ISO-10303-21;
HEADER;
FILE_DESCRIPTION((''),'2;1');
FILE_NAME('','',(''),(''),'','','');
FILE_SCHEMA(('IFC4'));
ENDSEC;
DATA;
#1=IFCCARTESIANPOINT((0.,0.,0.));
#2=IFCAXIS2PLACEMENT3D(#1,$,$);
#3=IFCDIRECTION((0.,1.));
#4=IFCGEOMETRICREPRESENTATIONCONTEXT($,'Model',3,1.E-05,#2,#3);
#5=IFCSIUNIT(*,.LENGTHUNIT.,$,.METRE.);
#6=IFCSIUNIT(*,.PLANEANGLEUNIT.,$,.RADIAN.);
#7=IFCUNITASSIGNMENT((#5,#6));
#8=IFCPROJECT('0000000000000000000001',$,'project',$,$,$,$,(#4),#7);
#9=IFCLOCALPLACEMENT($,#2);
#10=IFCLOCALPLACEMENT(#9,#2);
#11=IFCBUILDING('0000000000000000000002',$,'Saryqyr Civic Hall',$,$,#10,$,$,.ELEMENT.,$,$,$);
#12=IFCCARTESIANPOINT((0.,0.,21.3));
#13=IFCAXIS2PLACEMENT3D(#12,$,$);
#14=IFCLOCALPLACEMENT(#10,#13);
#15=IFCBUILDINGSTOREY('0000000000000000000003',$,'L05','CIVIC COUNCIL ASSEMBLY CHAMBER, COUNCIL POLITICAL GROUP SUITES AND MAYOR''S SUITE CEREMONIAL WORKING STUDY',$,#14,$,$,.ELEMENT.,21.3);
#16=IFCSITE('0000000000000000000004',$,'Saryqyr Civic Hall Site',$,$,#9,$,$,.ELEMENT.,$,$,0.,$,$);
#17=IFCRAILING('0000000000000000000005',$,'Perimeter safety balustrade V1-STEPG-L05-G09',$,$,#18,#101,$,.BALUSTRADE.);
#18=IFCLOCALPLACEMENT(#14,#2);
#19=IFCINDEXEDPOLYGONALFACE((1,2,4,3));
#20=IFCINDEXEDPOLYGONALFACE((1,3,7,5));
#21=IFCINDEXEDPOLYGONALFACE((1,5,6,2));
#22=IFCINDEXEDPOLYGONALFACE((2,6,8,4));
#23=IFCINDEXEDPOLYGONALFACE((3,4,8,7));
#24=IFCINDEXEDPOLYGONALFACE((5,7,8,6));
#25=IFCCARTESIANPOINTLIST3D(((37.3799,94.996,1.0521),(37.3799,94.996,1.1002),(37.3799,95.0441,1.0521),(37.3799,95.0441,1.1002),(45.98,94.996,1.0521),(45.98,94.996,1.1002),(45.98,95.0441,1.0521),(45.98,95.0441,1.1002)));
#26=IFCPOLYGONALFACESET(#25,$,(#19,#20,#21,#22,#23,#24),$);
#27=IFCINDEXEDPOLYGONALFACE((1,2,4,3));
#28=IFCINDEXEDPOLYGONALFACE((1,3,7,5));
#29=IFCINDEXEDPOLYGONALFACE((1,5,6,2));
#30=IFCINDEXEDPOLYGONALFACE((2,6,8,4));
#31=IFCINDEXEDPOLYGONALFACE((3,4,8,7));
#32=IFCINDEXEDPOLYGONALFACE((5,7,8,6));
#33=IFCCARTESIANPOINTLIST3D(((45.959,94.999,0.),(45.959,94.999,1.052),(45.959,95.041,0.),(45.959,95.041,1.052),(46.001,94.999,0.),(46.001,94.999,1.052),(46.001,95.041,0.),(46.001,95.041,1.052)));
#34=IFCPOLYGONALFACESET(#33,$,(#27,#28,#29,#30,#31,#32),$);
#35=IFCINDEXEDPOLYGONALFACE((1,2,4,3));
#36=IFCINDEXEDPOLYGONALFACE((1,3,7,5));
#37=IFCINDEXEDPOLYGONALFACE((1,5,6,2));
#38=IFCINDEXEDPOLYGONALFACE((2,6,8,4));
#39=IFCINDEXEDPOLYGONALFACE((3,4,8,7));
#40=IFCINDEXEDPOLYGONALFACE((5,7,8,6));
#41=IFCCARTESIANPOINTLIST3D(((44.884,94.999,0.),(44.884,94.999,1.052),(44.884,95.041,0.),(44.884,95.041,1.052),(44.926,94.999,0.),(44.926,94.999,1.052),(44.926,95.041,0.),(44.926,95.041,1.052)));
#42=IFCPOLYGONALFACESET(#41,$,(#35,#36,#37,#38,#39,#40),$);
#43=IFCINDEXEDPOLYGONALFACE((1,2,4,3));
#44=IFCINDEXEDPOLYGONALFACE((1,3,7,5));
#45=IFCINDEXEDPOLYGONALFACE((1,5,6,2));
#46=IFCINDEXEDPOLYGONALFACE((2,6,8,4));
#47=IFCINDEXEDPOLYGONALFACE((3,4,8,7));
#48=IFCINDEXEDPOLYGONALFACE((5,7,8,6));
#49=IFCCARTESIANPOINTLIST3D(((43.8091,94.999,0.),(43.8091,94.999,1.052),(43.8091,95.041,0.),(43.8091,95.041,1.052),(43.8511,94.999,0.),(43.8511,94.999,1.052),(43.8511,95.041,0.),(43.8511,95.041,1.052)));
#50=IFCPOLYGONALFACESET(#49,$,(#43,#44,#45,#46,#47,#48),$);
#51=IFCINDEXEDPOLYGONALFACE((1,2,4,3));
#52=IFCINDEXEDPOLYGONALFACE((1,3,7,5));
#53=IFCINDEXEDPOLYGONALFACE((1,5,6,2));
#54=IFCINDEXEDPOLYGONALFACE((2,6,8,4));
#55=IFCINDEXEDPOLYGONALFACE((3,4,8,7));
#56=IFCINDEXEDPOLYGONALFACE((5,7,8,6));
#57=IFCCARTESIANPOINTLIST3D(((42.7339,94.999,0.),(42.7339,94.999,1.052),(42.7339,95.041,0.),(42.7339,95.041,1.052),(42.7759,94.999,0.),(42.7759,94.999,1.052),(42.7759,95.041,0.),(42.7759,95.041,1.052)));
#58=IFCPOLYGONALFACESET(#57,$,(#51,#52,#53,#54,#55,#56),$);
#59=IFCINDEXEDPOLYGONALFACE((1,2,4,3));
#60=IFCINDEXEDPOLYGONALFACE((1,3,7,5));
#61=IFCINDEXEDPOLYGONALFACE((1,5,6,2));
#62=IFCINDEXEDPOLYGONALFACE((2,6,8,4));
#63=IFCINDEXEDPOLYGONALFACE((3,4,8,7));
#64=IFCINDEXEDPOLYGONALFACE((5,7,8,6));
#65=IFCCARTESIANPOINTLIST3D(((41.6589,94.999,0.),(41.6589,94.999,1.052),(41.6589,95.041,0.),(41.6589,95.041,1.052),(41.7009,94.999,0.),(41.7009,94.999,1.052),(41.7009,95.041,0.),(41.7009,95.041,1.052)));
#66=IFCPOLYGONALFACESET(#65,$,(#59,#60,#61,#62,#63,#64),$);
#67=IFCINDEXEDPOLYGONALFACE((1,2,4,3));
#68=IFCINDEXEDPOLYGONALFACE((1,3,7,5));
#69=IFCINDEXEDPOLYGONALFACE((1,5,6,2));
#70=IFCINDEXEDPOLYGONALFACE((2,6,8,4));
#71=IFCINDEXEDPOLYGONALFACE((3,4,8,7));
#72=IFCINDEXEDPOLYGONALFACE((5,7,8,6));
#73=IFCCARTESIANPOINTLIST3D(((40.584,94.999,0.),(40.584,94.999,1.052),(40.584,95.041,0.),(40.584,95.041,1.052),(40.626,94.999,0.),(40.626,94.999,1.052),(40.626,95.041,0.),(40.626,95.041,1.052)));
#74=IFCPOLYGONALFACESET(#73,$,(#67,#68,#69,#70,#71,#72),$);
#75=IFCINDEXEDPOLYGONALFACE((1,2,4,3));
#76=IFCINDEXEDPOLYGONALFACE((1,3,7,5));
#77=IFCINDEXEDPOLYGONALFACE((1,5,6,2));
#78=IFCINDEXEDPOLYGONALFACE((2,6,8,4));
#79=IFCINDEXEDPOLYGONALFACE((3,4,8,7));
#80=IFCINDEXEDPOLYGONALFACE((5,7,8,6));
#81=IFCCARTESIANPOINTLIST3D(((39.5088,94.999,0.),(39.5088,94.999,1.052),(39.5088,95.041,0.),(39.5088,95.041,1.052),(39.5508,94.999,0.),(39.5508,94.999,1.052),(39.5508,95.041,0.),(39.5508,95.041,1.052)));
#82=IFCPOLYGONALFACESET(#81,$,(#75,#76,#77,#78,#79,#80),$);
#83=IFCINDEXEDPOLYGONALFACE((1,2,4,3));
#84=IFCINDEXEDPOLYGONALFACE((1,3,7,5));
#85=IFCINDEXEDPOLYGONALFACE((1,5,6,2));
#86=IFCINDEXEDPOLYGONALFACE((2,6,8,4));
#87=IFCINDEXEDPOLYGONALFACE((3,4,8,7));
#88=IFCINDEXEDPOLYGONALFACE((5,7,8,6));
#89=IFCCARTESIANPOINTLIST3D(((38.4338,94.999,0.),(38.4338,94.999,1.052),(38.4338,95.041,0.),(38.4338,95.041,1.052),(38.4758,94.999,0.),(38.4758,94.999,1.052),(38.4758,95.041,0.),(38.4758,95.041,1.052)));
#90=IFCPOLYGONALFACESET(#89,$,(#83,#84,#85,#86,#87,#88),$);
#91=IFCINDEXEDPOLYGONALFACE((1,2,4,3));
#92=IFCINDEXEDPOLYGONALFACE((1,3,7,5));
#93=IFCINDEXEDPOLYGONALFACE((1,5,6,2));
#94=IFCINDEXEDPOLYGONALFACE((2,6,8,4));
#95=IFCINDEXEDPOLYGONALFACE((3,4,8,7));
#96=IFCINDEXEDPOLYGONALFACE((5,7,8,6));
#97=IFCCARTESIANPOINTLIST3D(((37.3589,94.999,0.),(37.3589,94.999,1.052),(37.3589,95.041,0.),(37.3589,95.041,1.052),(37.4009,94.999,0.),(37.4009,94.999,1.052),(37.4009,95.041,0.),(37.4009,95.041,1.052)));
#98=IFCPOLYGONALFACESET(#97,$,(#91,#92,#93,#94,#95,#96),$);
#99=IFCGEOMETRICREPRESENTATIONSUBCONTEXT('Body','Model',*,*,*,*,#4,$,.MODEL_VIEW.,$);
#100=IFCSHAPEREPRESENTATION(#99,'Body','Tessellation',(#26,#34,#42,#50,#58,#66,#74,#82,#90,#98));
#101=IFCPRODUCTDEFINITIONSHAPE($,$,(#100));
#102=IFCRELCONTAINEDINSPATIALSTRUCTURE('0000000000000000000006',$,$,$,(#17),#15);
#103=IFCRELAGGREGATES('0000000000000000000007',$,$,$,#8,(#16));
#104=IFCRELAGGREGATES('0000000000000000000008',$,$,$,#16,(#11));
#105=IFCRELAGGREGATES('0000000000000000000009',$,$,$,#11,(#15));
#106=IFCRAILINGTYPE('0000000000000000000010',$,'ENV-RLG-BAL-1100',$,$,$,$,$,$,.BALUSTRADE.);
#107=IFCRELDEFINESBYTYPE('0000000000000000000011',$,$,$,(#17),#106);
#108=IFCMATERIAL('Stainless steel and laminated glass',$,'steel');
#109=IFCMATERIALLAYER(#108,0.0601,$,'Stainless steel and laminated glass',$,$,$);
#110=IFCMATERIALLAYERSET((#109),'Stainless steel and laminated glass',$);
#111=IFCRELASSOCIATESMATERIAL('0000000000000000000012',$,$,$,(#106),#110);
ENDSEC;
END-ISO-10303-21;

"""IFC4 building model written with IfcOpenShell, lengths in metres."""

from ifc_helpers import new_model, si_unit, direction, frame, origin, origin_2d, place, context, subcontext, project, spatial, rectangle, extrude, material, layer, layer_set, type_object, element, save


model = new_model("IFC4")

# Units and contexts
model_context = context("Model", 3, precision=1e-05, world=origin(), true_north=direction((0.0, 1.0)))
body_context = subcontext(model_context, "Body", "Model", "MODEL_VIEW")
ifc_project = project(units=[si_unit("LENGTHUNIT", "METRE"), si_unit("PLANEANGLEUNIT", "RADIAN")], contexts=[model_context])

# Site, building, storey
site_placement = place(None, origin())
site = spatial("IfcSite", under=ifc_project, at=site_placement, Name="Saryqyr Civic Hall Site", CompositionType="ELEMENT", RefElevation=0.0)
building_placement = place(site_placement, origin())
building = spatial("IfcBuilding", under=site, at=building_placement, Name="Saryqyr Civic Hall", CompositionType="ELEMENT")
storey_placement = place(building_placement, frame((0.0, 0.0, 21.3)))
storey = spatial("IfcBuildingStorey", under=building, at=storey_placement, Name="L05", Description="CIVIC COUNCIL ASSEMBLY CHAMBER, COUNCIL POLITICAL GROUP SUITES AND MAYOR'S SUITE CEREMONIAL WORKING STUDY", CompositionType="ELEMENT", Elevation=21.3)

# Railing
ifc_material_1 = material(Name="Stainless steel and laminated glass", Category="steel")
ifc_layer_1 = layer(ifc_material_1, 0.0601, Name="Stainless steel and laminated glass")
ifc_layer_set_1 = layer_set([ifc_layer_1], Name="Stainless steel and laminated glass")
railing_type_1 = type_object("IfcRailingType", Name="ENV-RLG-BAL-1100", PredefinedType="BALUSTRADE", material=ifc_layer_set_1)
railing_1_placement = place(storey_placement, frame((45.98, 95.02, 0.0)))
element("IfcRailing", 1, at=railing_1_placement, inside=storey, type_object=railing_type_1, Name="Perimeter safety balustrade V1-STEPG-L05-G09", PredefinedType="BALUSTRADE", context=body_context, shape_type="SweptSolid", body=[
    extrude(rectangle(XDim=0.0481, YDim=0.0481, at=origin_2d()), frame((0.0, 0.0, 1.0762), z_axis=(-1.0, 0.0, 0.0), x_axis=(0.0, -1.0, 0.0)), (0.0, 0.0, 1.0), 8.6001),
    extrude(rectangle(XDim=0.042, YDim=0.042, at=origin_2d()), origin(), (0.0, 0.0, 1.0), 1.052),
    extrude(rectangle(XDim=0.042, YDim=0.042, at=origin_2d()), frame((-1.075, 0.0, 0.0)), (0.0, 0.0, 1.0), 1.052),
    extrude(rectangle(XDim=0.042, YDim=0.042, at=origin_2d()), frame((-2.1499, 0.0, 0.0)), (0.0, 0.0, 1.0), 1.052),
    extrude(rectangle(XDim=0.042, YDim=0.042, at=origin_2d()), frame((-3.2251, 0.0, 0.0)), (0.0, 0.0, 1.0), 1.052),
    extrude(rectangle(XDim=0.042, YDim=0.042, at=origin_2d()), frame((-4.3, 0.0, 0.0)), (0.0, 0.0, 1.0), 1.052),
    extrude(rectangle(XDim=0.042, YDim=0.042, at=origin_2d()), frame((-5.375, 0.0, 0.0)), (0.0, 0.0, 1.0), 1.052),
    extrude(rectangle(XDim=0.042, YDim=0.042, at=origin_2d()), frame((-6.4502, 0.0, 0.0)), (0.0, 0.0, 1.0), 1.052),
    extrude(rectangle(XDim=0.042, YDim=0.042, at=origin_2d()), frame((-7.5251, 0.0, 0.0)), (0.0, 0.0, 1.0), 1.052),
    extrude(rectangle(XDim=0.042, YDim=0.042, at=origin_2d()), frame((-8.6001, 0.0, 0.0)), (0.0, 0.0, 1.0), 1.052),
])

save(model, "model.ifc")
